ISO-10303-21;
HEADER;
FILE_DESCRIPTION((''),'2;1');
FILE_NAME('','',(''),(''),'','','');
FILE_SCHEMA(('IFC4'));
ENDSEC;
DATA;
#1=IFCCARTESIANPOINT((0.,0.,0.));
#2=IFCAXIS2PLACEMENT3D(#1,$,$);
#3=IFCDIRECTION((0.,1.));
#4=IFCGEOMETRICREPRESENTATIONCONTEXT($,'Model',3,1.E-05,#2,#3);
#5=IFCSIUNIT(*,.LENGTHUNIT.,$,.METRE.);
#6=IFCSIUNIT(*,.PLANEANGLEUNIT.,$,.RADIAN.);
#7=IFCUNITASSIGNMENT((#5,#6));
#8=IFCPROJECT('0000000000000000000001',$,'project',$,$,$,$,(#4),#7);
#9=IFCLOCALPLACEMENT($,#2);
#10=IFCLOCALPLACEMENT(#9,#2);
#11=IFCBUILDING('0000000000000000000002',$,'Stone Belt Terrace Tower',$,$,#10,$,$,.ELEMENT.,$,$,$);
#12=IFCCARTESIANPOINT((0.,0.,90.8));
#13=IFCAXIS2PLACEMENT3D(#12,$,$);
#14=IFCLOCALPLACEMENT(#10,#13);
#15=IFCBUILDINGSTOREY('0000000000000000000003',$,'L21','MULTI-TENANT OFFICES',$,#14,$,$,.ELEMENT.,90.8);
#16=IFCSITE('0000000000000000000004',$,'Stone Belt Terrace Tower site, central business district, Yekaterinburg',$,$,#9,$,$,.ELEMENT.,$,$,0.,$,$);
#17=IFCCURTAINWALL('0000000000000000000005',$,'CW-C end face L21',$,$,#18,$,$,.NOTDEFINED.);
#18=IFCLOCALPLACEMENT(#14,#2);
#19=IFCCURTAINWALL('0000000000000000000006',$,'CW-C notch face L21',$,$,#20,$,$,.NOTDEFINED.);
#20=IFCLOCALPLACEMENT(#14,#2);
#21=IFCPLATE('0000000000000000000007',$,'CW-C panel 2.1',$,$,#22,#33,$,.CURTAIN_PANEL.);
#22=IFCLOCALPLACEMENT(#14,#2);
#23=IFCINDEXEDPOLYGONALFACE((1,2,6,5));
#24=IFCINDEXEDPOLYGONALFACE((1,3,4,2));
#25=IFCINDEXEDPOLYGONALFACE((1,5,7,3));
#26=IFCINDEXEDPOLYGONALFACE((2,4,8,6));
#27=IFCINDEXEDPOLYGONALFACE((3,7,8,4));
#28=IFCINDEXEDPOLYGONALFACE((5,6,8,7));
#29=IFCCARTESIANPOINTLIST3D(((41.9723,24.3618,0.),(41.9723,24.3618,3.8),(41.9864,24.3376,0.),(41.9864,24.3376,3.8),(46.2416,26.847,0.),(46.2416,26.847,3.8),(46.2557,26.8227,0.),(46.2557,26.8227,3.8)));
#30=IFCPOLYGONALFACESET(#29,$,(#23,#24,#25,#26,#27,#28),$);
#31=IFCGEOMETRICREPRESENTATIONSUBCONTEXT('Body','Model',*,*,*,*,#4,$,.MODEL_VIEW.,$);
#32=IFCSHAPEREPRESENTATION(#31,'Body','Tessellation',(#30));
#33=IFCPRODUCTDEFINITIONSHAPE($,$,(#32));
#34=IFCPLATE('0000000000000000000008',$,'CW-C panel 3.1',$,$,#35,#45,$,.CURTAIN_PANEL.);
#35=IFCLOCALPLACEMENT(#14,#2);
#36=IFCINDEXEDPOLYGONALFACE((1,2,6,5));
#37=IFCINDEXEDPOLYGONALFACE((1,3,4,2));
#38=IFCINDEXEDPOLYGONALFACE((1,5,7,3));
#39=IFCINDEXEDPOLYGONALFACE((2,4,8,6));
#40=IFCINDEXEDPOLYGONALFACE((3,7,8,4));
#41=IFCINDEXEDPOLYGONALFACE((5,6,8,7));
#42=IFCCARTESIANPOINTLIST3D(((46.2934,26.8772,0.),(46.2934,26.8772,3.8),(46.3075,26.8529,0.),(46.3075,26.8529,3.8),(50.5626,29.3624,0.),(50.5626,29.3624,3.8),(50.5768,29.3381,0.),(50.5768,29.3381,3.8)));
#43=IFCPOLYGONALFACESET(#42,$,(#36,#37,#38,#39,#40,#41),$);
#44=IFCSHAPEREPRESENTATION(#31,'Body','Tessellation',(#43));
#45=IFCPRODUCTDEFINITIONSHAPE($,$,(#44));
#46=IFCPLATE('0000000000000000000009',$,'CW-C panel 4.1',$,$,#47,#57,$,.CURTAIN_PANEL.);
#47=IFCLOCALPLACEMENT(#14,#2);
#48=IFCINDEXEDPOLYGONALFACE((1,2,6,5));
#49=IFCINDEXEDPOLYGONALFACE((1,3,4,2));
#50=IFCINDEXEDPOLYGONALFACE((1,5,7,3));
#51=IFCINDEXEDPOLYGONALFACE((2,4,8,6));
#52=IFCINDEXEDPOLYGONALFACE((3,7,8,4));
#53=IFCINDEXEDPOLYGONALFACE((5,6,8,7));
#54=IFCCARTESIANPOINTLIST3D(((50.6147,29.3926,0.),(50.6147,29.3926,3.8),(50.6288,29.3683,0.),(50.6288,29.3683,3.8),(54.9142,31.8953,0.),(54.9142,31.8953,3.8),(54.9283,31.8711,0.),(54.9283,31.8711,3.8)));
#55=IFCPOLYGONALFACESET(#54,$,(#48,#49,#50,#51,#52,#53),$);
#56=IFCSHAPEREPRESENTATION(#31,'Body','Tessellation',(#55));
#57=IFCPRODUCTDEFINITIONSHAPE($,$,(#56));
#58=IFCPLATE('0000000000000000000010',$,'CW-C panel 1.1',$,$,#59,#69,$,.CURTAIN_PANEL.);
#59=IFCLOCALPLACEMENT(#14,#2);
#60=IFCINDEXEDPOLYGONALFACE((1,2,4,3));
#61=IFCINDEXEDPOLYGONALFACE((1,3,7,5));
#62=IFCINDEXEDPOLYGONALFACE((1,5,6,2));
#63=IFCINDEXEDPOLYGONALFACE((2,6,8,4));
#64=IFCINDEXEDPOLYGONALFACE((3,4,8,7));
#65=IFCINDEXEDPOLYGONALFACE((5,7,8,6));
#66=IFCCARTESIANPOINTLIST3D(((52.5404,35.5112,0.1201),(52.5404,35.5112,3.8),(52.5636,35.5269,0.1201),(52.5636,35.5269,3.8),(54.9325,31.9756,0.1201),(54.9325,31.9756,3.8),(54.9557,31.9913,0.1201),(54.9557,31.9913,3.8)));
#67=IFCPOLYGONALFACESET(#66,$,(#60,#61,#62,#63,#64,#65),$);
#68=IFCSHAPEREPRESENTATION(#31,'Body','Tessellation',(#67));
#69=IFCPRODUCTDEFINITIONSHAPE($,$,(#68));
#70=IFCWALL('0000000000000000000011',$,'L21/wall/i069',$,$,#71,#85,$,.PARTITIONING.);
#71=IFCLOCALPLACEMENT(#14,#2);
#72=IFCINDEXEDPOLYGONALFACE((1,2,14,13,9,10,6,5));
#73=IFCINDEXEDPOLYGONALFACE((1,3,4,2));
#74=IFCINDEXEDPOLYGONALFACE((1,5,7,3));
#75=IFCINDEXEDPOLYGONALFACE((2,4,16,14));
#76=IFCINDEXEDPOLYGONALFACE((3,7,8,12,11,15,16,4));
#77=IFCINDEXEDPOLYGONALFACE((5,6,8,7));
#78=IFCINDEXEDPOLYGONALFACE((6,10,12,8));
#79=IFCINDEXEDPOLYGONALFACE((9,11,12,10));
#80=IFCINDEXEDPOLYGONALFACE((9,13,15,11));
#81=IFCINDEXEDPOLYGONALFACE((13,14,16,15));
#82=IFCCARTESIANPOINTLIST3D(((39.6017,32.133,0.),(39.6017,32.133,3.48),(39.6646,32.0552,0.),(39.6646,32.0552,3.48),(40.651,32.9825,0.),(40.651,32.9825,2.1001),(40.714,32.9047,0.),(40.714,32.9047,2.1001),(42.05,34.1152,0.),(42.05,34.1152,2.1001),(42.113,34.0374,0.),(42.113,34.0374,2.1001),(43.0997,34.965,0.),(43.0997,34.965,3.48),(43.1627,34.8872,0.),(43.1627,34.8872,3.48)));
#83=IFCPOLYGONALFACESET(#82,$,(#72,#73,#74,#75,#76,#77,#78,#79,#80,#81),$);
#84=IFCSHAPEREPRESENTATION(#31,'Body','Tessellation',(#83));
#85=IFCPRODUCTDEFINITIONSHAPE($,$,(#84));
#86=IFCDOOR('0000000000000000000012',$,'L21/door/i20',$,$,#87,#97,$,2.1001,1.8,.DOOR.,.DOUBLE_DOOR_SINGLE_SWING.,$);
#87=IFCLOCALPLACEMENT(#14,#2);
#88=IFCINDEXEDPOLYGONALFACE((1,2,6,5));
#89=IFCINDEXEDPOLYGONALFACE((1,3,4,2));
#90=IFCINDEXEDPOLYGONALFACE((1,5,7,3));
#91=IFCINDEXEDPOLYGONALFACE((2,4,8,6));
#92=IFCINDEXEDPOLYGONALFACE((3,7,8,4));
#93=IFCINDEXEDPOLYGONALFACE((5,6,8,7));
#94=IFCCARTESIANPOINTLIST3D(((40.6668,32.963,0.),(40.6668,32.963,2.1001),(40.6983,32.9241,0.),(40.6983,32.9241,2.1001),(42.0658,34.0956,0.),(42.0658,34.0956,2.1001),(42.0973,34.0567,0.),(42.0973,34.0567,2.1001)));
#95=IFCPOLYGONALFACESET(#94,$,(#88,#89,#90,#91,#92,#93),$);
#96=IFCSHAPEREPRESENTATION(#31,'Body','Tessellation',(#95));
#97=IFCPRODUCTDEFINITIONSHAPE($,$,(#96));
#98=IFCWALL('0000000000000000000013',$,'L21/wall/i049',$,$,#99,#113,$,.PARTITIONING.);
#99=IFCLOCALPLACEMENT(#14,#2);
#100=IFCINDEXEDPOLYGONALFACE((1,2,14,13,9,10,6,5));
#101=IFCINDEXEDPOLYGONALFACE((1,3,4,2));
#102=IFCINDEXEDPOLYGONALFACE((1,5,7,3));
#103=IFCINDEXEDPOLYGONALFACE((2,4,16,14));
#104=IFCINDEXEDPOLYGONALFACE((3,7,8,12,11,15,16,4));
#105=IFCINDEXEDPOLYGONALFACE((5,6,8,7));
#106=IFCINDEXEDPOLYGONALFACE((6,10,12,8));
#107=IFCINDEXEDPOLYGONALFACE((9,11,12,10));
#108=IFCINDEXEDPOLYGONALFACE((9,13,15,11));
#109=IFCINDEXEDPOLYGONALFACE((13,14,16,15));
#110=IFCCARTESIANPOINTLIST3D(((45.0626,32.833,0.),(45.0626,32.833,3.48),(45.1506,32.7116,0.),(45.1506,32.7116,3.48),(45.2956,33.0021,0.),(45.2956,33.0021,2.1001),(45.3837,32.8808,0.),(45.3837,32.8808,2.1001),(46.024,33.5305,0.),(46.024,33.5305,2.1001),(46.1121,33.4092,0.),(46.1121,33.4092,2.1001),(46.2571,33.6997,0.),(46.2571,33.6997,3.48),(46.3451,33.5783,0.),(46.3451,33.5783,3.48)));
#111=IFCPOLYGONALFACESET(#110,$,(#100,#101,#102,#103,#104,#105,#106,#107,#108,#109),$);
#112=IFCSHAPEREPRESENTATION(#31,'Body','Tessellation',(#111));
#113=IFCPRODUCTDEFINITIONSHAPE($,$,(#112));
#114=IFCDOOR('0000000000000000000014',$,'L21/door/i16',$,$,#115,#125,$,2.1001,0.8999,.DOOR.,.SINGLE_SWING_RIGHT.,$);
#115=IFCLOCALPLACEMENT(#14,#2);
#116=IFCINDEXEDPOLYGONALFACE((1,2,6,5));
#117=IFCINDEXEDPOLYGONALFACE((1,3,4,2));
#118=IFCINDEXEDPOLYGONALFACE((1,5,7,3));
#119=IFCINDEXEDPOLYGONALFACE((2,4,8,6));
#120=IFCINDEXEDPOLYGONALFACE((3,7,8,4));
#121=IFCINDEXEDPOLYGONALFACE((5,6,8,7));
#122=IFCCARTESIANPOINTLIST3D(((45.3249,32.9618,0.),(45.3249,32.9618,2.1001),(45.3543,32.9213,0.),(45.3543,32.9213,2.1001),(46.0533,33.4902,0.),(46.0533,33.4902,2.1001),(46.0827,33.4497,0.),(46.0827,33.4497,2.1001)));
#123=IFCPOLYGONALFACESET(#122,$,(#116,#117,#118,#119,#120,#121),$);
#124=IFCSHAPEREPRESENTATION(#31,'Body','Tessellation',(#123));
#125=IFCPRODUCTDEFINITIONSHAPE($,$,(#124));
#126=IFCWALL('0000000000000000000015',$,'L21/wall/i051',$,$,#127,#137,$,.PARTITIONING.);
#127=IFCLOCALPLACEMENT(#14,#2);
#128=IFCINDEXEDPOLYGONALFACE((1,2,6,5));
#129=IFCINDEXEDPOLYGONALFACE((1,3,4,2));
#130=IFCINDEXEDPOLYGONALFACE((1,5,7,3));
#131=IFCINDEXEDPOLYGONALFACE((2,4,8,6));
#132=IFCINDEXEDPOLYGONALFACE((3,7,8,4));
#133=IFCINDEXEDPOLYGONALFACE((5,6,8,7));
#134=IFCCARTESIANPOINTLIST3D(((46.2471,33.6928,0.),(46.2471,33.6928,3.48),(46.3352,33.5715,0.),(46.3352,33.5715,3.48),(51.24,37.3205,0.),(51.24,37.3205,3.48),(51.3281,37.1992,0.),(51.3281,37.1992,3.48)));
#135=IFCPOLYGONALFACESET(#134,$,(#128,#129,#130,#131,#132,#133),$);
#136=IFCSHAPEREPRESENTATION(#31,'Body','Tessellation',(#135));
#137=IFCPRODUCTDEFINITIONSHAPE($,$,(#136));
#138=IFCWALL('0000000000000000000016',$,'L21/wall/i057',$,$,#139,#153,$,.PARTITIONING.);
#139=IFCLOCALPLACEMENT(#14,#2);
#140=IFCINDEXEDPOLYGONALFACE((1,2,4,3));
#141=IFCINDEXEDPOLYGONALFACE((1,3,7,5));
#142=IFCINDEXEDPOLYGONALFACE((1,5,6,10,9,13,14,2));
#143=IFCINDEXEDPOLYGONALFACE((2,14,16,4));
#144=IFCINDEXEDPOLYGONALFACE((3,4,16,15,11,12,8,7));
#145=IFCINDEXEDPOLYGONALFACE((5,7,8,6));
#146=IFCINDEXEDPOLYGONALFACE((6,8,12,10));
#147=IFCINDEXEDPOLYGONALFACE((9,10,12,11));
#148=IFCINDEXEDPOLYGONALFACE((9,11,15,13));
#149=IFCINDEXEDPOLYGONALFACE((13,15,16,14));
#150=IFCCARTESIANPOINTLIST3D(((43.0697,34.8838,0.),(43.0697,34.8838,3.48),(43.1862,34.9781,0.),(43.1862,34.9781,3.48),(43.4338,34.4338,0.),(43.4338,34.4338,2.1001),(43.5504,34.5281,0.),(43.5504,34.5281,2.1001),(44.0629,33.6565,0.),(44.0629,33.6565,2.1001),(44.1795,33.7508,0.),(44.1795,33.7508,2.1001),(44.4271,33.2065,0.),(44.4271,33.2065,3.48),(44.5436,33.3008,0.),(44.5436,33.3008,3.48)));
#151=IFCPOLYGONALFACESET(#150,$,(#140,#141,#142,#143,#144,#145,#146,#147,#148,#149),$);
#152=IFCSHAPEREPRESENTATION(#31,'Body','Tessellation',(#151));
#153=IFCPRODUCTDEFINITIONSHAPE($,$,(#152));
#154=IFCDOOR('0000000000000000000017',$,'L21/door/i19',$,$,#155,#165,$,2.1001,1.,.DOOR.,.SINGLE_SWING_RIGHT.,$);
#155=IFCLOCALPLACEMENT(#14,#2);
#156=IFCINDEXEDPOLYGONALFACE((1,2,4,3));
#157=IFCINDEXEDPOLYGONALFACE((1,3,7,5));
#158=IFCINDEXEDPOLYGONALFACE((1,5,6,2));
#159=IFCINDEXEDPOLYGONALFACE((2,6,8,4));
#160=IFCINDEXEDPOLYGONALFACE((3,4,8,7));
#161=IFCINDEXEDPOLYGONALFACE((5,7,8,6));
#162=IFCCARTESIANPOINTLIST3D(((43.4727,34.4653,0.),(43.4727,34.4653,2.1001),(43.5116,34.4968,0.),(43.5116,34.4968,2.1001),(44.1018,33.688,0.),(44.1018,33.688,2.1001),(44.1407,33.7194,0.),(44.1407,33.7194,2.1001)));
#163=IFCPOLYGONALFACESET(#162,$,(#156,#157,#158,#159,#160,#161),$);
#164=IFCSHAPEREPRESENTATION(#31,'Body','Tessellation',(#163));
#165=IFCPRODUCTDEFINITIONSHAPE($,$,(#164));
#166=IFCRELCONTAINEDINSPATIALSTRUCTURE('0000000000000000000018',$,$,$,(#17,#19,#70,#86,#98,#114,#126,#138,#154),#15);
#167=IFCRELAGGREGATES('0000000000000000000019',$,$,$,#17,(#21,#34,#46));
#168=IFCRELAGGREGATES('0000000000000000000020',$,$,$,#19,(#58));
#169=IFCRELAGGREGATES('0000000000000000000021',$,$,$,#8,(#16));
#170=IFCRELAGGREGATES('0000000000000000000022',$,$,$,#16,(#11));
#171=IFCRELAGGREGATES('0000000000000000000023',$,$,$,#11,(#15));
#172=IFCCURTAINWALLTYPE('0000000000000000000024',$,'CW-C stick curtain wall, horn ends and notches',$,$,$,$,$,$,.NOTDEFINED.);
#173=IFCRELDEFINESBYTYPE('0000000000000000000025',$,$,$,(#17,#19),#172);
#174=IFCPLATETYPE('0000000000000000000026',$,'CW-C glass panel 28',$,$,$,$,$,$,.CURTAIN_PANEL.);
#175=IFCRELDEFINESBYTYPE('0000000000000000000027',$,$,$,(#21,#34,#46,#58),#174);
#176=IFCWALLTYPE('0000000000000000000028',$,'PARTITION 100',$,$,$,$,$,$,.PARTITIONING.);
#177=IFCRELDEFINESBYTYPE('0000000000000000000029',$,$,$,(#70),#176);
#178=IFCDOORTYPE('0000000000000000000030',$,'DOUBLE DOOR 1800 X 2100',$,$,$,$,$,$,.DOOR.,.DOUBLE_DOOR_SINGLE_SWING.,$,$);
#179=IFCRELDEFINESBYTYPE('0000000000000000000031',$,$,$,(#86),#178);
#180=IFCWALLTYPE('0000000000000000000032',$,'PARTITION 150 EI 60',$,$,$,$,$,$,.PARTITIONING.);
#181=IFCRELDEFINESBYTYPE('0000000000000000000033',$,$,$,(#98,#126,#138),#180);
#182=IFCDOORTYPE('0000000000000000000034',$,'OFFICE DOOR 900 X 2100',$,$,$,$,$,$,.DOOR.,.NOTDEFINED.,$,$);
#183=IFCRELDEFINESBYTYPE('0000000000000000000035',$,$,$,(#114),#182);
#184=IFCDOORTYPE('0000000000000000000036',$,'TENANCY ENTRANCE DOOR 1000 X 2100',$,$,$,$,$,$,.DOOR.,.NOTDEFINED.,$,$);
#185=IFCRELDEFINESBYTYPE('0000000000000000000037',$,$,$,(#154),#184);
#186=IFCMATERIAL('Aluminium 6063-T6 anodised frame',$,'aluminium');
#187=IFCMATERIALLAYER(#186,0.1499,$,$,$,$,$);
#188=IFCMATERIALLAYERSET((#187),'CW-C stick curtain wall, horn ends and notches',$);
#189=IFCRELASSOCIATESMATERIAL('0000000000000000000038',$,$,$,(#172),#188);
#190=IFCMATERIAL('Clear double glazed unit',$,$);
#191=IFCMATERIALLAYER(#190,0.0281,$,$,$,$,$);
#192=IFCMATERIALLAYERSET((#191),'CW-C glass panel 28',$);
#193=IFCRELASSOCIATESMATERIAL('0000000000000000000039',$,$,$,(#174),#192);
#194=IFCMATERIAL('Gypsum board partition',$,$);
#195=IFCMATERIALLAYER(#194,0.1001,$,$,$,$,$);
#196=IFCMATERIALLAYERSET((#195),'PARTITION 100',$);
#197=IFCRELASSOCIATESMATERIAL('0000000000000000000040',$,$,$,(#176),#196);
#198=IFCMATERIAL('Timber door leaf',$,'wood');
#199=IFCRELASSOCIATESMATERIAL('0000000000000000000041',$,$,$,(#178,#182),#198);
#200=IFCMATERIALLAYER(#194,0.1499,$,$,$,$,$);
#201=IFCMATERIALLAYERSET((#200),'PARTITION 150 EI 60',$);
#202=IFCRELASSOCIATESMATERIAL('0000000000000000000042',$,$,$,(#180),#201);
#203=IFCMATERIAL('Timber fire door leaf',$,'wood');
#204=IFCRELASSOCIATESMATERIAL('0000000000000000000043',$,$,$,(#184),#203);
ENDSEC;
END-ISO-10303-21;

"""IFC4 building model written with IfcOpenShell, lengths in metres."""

from ifc_helpers import new_model, si_unit, direction, frame, frame_2d, origin, origin_2d, place, context, subcontext, project, spatial, rectangle, extrude, material, layer, layer_set, type_object, element, fill, aggregate, save


model = new_model("IFC4")

# Units and contexts
model_context = context("Model", 3, precision=1e-05, world=origin(), true_north=direction((0.0, 1.0)))
body_context = subcontext(model_context, "Body", "Model", "MODEL_VIEW")
ifc_project = project(units=[si_unit("LENGTHUNIT", "METRE"), si_unit("PLANEANGLEUNIT", "RADIAN")], contexts=[model_context])

# Site, building, storey
site_placement = place(None, origin())
site = spatial("IfcSite", under=ifc_project, at=site_placement, Name="Stone Belt Terrace Tower site, central business district, Yekaterinburg", CompositionType="ELEMENT", RefElevation=0.0)
building_placement = place(site_placement, origin())
building = spatial("IfcBuilding", under=site, at=building_placement, Name="Stone Belt Terrace Tower", CompositionType="ELEMENT")
storey_placement = place(building_placement, frame((0.0, 0.0, 90.8)))
storey = spatial("IfcBuildingStorey", under=building, at=storey_placement, Name="L21", Description="MULTI-TENANT OFFICES", CompositionType="ELEMENT", Elevation=90.8)

# Curtain wall
ifc_material_1 = material(Name="Aluminium 6063-T6 anodised frame", Category="aluminium")
ifc_layer_1 = layer(ifc_material_1, 0.1499)
ifc_layer_set_1 = layer_set([ifc_layer_1], Name="CW-C stick curtain wall, horn ends and notches")
curtain_wall_type = type_object("IfcCurtainWallType", Name="CW-C stick curtain wall, horn ends and notches", PredefinedType="NOTDEFINED", material=ifc_layer_set_1)
curtain_wall_1_placement = place(storey_placement, origin())
curtain_wall_1 = element("IfcCurtainWall", 1, at=curtain_wall_1_placement, inside=storey, type_object=curtain_wall_type, Name="CW-C end face L21", PredefinedType="NOTDEFINED")

# Curtain wall
curtain_wall_2_placement = place(storey_placement, origin())
curtain_wall_2 = element("IfcCurtainWall", 2, at=curtain_wall_2_placement, inside=storey, type_object=curtain_wall_type, Name="CW-C notch face L21", PredefinedType="NOTDEFINED")

# Plates
ifc_material_2 = material(Name="Clear double glazed unit")
ifc_layer_2 = layer(ifc_material_2, 0.0281)
ifc_layer_set_2 = layer_set([ifc_layer_2], Name="CW-C glass panel 28")
plate_type = type_object("IfcPlateType", Name="CW-C glass panel 28", PredefinedType="CURTAIN_PANEL", material=ifc_layer_set_2)
plate_1_placement = place(storey_placement, frame((44.114, 25.5923, 0.0), z_axis=(0.0, 0.0, 1.0), x_axis=(0.864239, 0.503081, 0.0)))
plate_1 = element("IfcPlate", 3, at=plate_1_placement, type_object=plate_type, Name="CW-C panel 2.1", PredefinedType="CURTAIN_PANEL", context=body_context, shape_type="SweptSolid", body=[
    extrude(rectangle(XDim=4.9399, YDim=0.0281, at=origin_2d()), origin(), (0.0, 0.0, 1.0), 3.8),
])
plate_2_placement = place(storey_placement, frame((48.4351, 28.1077, 0.0), z_axis=(0.0, 0.0, 1.0), x_axis=(0.864239, 0.503081, 0.0)))
plate_2 = element("IfcPlate", 4, at=plate_2_placement, type_object=plate_type, Name="CW-C panel 3.1", PredefinedType="CURTAIN_PANEL", context=body_context, shape_type="SweptSolid", body=[
    extrude(rectangle(XDim=4.9399, YDim=0.0281, at=origin_2d()), origin(), (0.0, 0.0, 1.0), 3.8),
])
plate_3_placement = place(storey_placement, frame((52.7715, 30.6318, 0.0), z_axis=(0.0, 0.0, 1.0), x_axis=(0.864239, 0.503081, 0.0)))
plate_3 = element("IfcPlate", 5, at=plate_3_placement, type_object=plate_type, Name="CW-C panel 4.1", PredefinedType="CURTAIN_PANEL", context=body_context, shape_type="SweptSolid", body=[
    extrude(rectangle(XDim=4.9749, YDim=0.0281, at=origin_2d()), origin(), (0.0, 0.0, 1.0), 3.8),
])
aggregate(curtain_wall_1, [plate_1, plate_2, plate_3])
plate_4_placement = place(storey_placement, frame((53.748, 33.7512, 0.1201), z_axis=(0.0, 0.0, 1.0), x_axis=(-0.560367, 0.828244, 0.0)))
plate_4 = element("IfcPlate", 6, at=plate_4_placement, type_object=plate_type, Name="CW-C panel 1.1", PredefinedType="CURTAIN_PANEL", context=body_context, shape_type="SweptSolid", body=[
    extrude(rectangle(XDim=4.2688, YDim=0.0281, at=origin_2d()), origin(), (0.0, 0.0, 1.0), 3.6799),
])
aggregate(curtain_wall_2, [plate_4])

# Walls, openings, doors
ifc_material_3 = material(Name="Gypsum board partition")
ifc_layer_3 = layer(ifc_material_3, 0.1001)
ifc_layer_set_3 = layer_set([ifc_layer_3], Name="PARTITION 100")
wall_type_1 = type_object("IfcWallType", Name="PARTITION 100", PredefinedType="PARTITIONING", material=ifc_layer_set_3)
wall_1_placement = place(storey_placement, frame((39.6331, 32.094, 0.0), z_axis=(0.0, 0.0, 1.0), x_axis=(0.777215, 0.629236, 0.0)))
wall_1 = element("IfcWall", 7, at=wall_1_placement, inside=storey, type_object=wall_type_1, Name="L21/wall/i069", PredefinedType="PARTITIONING", context=body_context, shape_type="SweptSolid", body=[
    extrude(rectangle(XDim=4.5007, YDim=0.1001, at=frame_2d((2.2505, 0.0))), origin(), (0.0, 0.0, 1.0), 3.48),
])
opening_1_placement = place(wall_1_placement, frame((1.3503, 0.0, 0.0)))
opening_1 = element("IfcOpeningElement", 8, at=opening_1_placement, cuts=wall_1, PredefinedType="OPENING", context=body_context, shape_type="SweptSolid", body=[
    extrude(rectangle(XDim=1.8, YDim=2.1001, at=frame_2d((0.8999, 1.05))), frame((0.0, 0.0601, 0.0), z_axis=(0.0, -1.0, 0.0), x_axis=(1.0, 0.0, 0.0)), (0.0, 0.0, 1.0), 0.1201),
])
ifc_material_4 = material(Name="Timber door leaf", Category="wood")
door_type_1 = type_object("IfcDoorType", Name="DOUBLE DOOR 1800 X 2100", OperationType="DOUBLE_DOOR_SINGLE_SWING", PredefinedType="DOOR", material=ifc_material_4)
door_1_placement = place(opening_1_placement, origin())
door_1 = element("IfcDoor", 9, at=door_1_placement, inside=storey, type_object=door_type_1, Name="L21/door/i20", OperationType="DOUBLE_DOOR_SINGLE_SWING", OverallHeight=2.1001, OverallWidth=1.8, PredefinedType="DOOR", context=body_context, shape_type="SweptSolid", body=[
    extrude(rectangle(XDim=1.8, YDim=2.1001, at=frame_2d((0.8999, 1.05))), frame((0.0, 0.0249, 0.0), z_axis=(0.0, -1.0, 0.0), x_axis=(1.0, 0.0, 0.0)), (0.0, 0.0, 1.0), 0.05),
])
fill(opening_1, door_1)
ifc_layer_4 = layer(ifc_material_3, 0.1499)
ifc_layer_set_4 = layer_set([ifc_layer_4], Name="PARTITION 150 EI 60")
wall_type_2 = type_object("IfcWallType", Name="PARTITION 150 EI 60", PredefinedType="PARTITIONING", material=ifc_layer_set_4)
wall_2_placement = place(storey_placement, frame((46.301, 33.6389, 0.0), z_axis=(0.0, 0.0, 1.0), x_axis=(-0.809408, -0.587247, 0.0)))
wall_2 = element("IfcWall", 10, at=wall_2_placement, inside=storey, type_object=wall_type_2, Name="L21/wall/i049", PredefinedType="PARTITIONING", context=body_context, shape_type="SweptSolid", body=[
    extrude(rectangle(XDim=1.4758, YDim=0.1499, at=frame_2d((0.7378, 0.0))), origin(), (0.0, 0.0, 1.0), 3.48),
])
opening_2_placement = place(wall_2_placement, frame((0.2878, 0.0, 0.0)))
opening_2 = element("IfcOpeningElement", 11, at=opening_2_placement, cuts=wall_2, PredefinedType="OPENING", context=body_context, shape_type="SweptSolid", body=[
    extrude(rectangle(XDim=0.8999, YDim=2.1001, at=frame_2d((0.45, 1.05))), frame((0.0, 0.085, 0.0), z_axis=(0.0, -1.0, 0.0), x_axis=(1.0, 0.0, 0.0)), (0.0, 0.0, 1.0), 0.1699),
])
door_type_2 = type_object("IfcDoorType", Name="OFFICE DOOR 900 X 2100", OperationType="NOTDEFINED", PredefinedType="DOOR", material=ifc_material_4)
door_2_placement = place(opening_2_placement, origin())
door_2 = element("IfcDoor", 12, at=door_2_placement, inside=storey, type_object=door_type_2, Name="L21/door/i16", OperationType="SINGLE_SWING_RIGHT", OverallHeight=2.1001, OverallWidth=0.8999, PredefinedType="DOOR", context=body_context, shape_type="SweptSolid", body=[
    extrude(rectangle(XDim=0.8999, YDim=2.1001, at=frame_2d((0.45, 1.05))), frame((0.0, 0.0249, 0.0), z_axis=(0.0, -1.0, 0.0), x_axis=(1.0, 0.0, 0.0)), (0.0, 0.0, 1.0), 0.05),
])
fill(opening_2, door_2)

# Wall
wall_3_placement = place(storey_placement, frame((46.291, 33.6321, 0.0), z_axis=(0.0, 0.0, 1.0), x_axis=(0.809008, 0.587798, 0.0)))
element("IfcWall", 13, at=wall_3_placement, inside=storey, type_object=wall_type_2, Name="L21/wall/i051", PredefinedType="PARTITIONING", context=body_context, shape_type="SweptSolid", body=[
    extrude(rectangle(XDim=6.1716, YDim=0.1499, at=frame_2d((3.0859, 0.0))), origin(), (0.0, 0.0, 1.0), 3.48),
])

# Wall, opening, door
wall_4_placement = place(storey_placement, frame((44.4854, 33.2537, 0.0), z_axis=(0.0, 0.0, 1.0), x_axis=(-0.629101, 0.777324, 0.0)))
wall_4 = element("IfcWall", 14, at=wall_4_placement, inside=storey, type_object=wall_type_2, Name="L21/wall/i057", PredefinedType="PARTITIONING", context=body_context, shape_type="SweptSolid", body=[
    extrude(rectangle(XDim=2.1577, YDim=0.1499, at=frame_2d((1.0789, 0.0))), origin(), (0.0, 0.0, 1.0), 3.48),
])
opening_3_placement = place(wall_4_placement, frame((0.5789, 0.0, 0.0)))
opening_3 = element("IfcOpeningElement", 15, at=opening_3_placement, cuts=wall_4, PredefinedType="OPENING", context=body_context, shape_type="SweptSolid", body=[
    extrude(rectangle(XDim=1.0, YDim=2.1001, at=frame_2d((0.5, 1.05))), frame((0.0, 0.085, 0.0), z_axis=(0.0, -1.0, 0.0), x_axis=(1.0, 0.0, 0.0)), (0.0, 0.0, 1.0), 0.1699),
])
ifc_material_5 = material(Name="Timber fire door leaf", Category="wood")
door_type_3 = type_object("IfcDoorType", Name="TENANCY ENTRANCE DOOR 1000 X 2100", OperationType="NOTDEFINED", PredefinedType="DOOR", material=ifc_material_5)
door_3_placement = place(opening_3_placement, origin())
door_3 = element("IfcDoor", 16, at=door_3_placement, inside=storey, type_object=door_type_3, Name="L21/door/i19", OperationType="SINGLE_SWING_RIGHT", OverallHeight=2.1001, OverallWidth=1.0, PredefinedType="DOOR", context=body_context, shape_type="SweptSolid", body=[
    extrude(rectangle(XDim=1.0, YDim=2.1001, at=frame_2d((0.5, 1.05))), frame((0.0, 0.0249, 0.0), z_axis=(0.0, -1.0, 0.0), x_axis=(1.0, 0.0, 0.0)), (0.0, 0.0, 1.0), 0.05),
])
fill(opening_3, door_3)

save(model, "model.ifc")
